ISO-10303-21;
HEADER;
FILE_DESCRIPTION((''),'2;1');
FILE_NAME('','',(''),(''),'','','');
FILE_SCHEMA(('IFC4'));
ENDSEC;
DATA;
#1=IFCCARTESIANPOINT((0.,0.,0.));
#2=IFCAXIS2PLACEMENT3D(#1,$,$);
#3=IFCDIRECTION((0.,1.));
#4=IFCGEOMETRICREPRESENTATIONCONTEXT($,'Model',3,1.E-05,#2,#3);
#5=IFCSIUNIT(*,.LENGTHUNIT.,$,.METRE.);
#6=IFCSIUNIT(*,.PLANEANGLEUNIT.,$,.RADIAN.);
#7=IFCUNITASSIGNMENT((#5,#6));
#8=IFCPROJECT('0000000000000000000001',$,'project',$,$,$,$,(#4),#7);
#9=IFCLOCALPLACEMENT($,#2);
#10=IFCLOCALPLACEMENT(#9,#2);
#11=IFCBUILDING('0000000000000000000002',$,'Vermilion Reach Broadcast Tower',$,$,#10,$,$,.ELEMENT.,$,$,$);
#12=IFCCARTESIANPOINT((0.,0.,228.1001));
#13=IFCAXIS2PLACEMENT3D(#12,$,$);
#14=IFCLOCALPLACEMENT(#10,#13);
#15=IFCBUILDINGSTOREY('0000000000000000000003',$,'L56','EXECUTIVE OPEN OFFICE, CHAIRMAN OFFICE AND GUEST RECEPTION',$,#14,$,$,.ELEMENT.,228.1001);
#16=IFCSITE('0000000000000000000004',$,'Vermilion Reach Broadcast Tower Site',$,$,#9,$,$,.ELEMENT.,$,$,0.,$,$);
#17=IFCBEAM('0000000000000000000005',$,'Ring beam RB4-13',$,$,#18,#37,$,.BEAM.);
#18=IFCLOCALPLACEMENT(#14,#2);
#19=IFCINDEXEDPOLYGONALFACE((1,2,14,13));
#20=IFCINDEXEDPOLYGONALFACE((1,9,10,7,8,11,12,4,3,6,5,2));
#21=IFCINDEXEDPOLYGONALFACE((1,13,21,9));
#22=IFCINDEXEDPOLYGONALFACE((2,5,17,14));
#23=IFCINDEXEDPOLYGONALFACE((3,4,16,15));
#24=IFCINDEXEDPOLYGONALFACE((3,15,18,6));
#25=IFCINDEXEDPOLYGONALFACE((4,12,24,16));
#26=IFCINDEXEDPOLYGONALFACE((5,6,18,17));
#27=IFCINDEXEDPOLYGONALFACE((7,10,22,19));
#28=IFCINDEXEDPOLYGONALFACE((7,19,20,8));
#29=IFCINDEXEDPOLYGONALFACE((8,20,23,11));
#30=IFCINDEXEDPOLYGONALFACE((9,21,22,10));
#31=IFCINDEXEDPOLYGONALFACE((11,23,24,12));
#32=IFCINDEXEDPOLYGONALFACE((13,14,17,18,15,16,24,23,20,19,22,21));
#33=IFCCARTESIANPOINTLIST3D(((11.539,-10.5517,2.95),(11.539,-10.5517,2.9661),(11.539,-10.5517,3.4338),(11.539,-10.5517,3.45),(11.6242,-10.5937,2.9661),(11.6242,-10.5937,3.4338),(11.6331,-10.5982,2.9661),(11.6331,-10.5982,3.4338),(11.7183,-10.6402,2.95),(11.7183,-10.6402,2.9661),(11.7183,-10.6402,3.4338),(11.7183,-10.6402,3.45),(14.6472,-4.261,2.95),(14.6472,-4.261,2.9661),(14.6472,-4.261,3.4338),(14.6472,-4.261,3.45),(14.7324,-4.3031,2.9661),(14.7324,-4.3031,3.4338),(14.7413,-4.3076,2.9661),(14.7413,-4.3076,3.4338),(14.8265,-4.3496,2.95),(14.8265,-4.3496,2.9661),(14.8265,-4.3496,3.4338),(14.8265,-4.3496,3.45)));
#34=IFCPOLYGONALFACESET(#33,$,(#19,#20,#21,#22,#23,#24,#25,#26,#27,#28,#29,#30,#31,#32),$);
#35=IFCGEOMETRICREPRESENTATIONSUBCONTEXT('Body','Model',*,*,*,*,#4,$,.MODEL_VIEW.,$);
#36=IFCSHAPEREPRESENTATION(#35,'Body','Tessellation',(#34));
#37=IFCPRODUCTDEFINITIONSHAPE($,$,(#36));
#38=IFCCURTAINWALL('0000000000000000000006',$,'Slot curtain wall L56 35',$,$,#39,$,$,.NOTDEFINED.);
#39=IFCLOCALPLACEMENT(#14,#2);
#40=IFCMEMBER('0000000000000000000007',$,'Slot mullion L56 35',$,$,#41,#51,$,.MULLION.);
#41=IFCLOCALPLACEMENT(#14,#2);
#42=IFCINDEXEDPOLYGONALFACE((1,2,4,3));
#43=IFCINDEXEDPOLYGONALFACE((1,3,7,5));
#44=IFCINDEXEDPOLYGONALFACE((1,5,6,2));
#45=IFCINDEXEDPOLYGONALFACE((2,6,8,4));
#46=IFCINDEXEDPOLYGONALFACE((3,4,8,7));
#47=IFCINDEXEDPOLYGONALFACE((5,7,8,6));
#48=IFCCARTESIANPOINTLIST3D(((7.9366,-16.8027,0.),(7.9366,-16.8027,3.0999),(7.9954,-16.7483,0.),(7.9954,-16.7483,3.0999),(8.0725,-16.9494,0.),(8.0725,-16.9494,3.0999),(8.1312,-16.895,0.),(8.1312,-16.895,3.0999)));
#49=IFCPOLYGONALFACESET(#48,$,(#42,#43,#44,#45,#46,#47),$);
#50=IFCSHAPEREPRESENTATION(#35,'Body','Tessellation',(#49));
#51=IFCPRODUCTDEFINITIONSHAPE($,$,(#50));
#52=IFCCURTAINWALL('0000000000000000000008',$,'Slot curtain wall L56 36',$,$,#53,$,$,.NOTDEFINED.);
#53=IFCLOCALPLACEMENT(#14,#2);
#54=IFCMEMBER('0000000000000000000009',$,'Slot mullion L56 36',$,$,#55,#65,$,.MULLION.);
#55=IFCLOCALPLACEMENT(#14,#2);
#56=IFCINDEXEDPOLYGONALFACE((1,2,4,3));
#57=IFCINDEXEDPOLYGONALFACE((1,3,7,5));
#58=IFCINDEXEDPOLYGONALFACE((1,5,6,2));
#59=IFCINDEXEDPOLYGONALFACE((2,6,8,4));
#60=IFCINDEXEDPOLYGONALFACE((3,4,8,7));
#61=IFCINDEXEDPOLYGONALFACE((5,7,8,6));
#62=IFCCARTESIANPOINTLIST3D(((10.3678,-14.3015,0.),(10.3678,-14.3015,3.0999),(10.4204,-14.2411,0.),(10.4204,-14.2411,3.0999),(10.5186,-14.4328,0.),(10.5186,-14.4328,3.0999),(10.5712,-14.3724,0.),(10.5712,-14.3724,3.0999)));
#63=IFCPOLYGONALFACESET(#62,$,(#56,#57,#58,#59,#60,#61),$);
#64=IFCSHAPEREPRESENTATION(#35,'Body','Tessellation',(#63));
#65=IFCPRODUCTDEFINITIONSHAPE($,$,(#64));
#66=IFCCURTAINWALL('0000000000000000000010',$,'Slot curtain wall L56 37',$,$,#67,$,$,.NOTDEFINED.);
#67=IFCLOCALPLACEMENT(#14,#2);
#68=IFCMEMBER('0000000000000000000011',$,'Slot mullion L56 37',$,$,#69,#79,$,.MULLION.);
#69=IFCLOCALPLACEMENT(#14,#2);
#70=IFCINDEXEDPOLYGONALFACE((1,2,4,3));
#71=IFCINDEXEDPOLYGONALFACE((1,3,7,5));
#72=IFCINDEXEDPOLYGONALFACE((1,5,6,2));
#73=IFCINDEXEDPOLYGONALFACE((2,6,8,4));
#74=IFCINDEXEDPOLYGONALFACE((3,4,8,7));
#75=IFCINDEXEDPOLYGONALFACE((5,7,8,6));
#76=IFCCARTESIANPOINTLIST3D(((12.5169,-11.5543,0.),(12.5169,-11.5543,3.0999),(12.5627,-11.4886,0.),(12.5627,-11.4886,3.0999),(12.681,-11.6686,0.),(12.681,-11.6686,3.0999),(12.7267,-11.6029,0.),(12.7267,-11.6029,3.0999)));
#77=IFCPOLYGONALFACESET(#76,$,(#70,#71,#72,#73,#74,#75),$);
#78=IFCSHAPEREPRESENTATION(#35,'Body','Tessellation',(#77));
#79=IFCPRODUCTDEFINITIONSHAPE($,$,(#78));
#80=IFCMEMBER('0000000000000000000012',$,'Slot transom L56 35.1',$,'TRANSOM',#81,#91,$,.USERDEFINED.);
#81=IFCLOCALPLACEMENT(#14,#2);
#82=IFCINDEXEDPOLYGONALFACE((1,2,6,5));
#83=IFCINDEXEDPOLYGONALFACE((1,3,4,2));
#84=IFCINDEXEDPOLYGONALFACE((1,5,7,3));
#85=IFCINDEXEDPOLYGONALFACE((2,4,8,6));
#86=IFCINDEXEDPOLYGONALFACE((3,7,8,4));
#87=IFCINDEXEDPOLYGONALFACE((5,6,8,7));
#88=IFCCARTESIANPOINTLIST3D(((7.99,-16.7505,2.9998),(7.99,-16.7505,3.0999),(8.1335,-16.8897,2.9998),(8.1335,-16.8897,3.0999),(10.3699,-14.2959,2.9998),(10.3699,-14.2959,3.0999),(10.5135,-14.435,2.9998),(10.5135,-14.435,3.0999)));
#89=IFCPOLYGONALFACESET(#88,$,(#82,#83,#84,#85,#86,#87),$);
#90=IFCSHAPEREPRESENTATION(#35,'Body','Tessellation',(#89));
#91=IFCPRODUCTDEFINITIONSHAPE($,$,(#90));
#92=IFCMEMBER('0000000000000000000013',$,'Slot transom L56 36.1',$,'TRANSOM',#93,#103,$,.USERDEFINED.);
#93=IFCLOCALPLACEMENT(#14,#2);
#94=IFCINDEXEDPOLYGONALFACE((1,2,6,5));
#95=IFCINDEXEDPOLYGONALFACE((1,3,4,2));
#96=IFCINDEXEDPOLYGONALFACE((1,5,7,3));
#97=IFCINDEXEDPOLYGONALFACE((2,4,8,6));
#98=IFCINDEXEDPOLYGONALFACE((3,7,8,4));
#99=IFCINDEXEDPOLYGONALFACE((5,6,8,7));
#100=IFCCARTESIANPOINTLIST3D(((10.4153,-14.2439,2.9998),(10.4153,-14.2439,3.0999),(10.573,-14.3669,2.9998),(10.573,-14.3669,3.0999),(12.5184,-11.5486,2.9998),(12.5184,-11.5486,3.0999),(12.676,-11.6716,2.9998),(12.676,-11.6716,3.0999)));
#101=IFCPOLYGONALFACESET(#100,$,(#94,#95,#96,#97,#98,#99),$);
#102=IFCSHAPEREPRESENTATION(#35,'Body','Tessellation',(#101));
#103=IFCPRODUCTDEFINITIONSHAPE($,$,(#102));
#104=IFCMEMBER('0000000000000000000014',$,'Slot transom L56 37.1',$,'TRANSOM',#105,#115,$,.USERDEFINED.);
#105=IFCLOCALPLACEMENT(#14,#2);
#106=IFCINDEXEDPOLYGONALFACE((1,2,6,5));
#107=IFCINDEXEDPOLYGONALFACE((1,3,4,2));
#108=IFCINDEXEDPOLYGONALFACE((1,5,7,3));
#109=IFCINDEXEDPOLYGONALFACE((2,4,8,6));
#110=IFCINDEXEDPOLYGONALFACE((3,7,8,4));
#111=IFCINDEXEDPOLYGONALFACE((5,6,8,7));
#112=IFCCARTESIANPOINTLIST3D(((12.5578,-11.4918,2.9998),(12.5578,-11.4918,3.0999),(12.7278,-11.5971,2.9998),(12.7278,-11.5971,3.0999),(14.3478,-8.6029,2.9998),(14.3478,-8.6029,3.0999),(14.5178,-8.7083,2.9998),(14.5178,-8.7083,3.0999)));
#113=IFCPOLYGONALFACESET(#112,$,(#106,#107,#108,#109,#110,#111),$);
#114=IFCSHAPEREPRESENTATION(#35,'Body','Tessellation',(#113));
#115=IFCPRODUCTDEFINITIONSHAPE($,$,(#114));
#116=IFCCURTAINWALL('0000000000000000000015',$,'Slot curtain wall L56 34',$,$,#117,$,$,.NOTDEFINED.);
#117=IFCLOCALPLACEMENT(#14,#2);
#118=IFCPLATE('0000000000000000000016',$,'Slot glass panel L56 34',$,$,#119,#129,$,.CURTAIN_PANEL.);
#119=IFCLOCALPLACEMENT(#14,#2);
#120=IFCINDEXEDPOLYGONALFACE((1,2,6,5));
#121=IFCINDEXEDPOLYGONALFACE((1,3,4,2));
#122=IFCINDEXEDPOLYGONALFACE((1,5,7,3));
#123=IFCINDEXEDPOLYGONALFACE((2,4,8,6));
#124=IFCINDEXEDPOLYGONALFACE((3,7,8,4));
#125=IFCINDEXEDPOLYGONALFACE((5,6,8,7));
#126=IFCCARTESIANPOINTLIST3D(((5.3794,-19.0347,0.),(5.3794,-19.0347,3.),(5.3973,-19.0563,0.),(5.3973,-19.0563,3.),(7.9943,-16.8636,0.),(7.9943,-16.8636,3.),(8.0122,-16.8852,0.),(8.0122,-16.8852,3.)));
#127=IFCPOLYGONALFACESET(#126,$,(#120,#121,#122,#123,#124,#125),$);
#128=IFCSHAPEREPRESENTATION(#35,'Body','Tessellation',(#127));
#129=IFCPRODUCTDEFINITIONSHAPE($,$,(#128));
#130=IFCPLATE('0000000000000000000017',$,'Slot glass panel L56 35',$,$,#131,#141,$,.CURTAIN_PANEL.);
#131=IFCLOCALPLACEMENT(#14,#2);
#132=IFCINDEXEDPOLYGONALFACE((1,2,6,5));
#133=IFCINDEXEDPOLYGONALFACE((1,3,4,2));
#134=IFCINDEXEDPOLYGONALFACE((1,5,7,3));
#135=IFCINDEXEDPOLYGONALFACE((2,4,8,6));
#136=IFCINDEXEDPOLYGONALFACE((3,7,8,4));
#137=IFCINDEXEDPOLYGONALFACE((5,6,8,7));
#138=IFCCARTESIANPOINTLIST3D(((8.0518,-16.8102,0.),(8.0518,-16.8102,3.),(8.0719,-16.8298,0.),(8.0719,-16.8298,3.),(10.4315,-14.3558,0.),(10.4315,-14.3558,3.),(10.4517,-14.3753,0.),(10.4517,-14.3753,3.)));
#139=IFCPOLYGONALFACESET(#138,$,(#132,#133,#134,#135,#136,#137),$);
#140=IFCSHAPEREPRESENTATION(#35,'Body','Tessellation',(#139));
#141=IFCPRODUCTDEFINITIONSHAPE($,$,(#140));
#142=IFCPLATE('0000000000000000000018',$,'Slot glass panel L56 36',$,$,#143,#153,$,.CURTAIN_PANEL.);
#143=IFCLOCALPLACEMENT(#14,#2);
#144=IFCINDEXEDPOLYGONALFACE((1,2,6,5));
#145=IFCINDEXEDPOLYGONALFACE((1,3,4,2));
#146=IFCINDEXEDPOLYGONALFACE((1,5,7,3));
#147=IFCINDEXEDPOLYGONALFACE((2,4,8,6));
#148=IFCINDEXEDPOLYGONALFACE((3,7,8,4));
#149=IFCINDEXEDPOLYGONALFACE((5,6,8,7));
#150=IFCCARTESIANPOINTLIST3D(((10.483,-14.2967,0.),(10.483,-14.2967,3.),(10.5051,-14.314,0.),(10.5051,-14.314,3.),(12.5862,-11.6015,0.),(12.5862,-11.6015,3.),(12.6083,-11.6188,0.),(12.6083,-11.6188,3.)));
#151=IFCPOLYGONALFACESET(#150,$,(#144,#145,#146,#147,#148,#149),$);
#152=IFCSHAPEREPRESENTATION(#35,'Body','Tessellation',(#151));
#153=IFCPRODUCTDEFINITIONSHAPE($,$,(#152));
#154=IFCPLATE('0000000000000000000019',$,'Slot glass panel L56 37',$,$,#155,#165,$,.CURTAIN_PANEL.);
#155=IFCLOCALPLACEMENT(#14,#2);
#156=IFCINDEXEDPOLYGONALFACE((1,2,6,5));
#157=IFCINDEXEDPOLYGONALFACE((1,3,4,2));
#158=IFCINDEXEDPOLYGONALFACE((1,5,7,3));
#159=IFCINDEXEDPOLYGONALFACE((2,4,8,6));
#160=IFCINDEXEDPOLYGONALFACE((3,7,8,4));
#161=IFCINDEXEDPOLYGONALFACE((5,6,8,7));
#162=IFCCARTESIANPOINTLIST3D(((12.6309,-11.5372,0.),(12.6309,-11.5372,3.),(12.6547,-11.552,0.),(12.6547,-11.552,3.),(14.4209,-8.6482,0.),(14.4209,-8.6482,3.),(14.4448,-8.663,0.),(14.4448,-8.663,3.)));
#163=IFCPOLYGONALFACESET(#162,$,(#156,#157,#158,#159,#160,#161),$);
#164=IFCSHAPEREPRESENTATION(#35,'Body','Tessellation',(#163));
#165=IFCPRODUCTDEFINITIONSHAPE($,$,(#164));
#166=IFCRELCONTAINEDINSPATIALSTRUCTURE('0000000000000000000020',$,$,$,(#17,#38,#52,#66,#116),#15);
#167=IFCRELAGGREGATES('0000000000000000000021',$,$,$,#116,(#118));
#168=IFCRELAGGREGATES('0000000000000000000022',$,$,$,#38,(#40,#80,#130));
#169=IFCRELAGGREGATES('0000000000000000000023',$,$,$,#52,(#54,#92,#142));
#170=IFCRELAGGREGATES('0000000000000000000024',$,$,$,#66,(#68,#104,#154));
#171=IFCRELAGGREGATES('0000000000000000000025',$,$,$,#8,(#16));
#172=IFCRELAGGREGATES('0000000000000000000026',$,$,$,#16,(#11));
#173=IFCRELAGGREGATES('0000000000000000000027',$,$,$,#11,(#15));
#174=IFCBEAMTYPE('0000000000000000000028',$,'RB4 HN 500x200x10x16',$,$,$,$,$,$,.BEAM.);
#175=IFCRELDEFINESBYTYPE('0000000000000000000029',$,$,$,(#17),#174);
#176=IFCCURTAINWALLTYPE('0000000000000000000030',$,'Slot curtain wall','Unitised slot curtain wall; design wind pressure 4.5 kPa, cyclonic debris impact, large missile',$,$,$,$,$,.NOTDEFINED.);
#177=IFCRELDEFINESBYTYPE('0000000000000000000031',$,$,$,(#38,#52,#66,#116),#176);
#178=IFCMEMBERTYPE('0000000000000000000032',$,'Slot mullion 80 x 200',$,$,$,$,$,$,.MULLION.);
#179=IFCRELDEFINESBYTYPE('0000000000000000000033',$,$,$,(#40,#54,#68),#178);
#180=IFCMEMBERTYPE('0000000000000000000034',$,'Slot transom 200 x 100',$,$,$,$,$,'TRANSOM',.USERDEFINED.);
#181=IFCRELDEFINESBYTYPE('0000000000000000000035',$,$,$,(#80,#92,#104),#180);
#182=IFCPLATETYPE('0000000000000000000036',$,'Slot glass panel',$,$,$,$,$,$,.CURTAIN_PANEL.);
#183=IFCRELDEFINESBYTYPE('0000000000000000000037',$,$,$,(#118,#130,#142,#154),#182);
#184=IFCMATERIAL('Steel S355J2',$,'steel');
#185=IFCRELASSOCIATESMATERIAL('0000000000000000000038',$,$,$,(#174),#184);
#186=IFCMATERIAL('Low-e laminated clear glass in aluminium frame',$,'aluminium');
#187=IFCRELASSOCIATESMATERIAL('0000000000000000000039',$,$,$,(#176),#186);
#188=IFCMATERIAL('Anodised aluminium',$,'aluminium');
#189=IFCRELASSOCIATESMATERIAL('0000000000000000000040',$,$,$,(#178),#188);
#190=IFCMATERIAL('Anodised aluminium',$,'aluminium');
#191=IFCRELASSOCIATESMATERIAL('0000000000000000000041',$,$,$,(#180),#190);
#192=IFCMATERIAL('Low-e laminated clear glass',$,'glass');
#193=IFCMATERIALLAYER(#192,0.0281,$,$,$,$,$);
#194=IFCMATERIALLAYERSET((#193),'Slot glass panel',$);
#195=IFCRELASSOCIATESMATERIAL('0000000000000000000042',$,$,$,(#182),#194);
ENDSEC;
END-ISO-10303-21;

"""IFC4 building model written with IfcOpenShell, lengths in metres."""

from ifc_helpers import new_model, si_unit, direction, frame, origin, origin_2d, place, context, subcontext, project, spatial, rectangle, i_section, extrude, material, layer, layer_set, material_profile, profile_set, type_object, element, aggregate, save


model = new_model("IFC4")

# Units and contexts
model_context = context("Model", 3, precision=1e-05, world=origin(), true_north=direction((0.0, 1.0)))
body_context = subcontext(model_context, "Body", "Model", "MODEL_VIEW")
ifc_project = project(units=[si_unit("LENGTHUNIT", "METRE"), si_unit("PLANEANGLEUNIT", "RADIAN")], contexts=[model_context])

# Site, building, storey
site_placement = place(None, origin())
site = spatial("IfcSite", under=ifc_project, at=site_placement, Name="Vermilion Reach Broadcast Tower Site", CompositionType="ELEMENT", RefElevation=0.0)
building_placement = place(site_placement, origin())
building = spatial("IfcBuilding", under=site, at=building_placement, Name="Vermilion Reach Broadcast Tower", CompositionType="ELEMENT")
storey_placement = place(building_placement, frame((0.0, 0.0, 228.1001)))
storey = spatial("IfcBuildingStorey", under=building, at=storey_placement, Name="L56", Description="EXECUTIVE OPEN OFFICE, CHAIRMAN OFFICE AND GUEST RECEPTION", CompositionType="ELEMENT", Elevation=228.1001)

# Beam
ifc_material_1 = material(Name="Steel S355J2", Category="steel")
ifc_material_profile_1 = material_profile(ifc_material_1, i_section(OverallWidth=0.2, OverallDepth=0.5, WebThickness=0.01, FlangeThickness=0.0161, at=origin_2d()), Name="S355J2 HN 500x200x10x16")
ifc_profile_set_1 = profile_set([ifc_material_profile_1], Name="Steel S355J2")
beam_type_1 = type_object("IfcBeamType", Name="RB4 HN 500x200x10x16", PredefinedType="BEAM", material=ifc_profile_set_1)
beam_1_placement = place(storey_placement, frame((11.6287, -10.5959, 3.2), z_axis=(0.442977, 0.896533, 0.0), x_axis=(-0.896533, 0.442977, 0.0)))
element("IfcBeam", 1, at=beam_1_placement, inside=storey, type_object=beam_type_1, Name="Ring beam RB4-13", PredefinedType="BEAM", context=body_context, shape_type="SweptSolid", body=[
    extrude(i_section(OverallWidth=0.2, OverallDepth=0.5, WebThickness=0.01, FlangeThickness=0.0161, at=origin_2d()), origin(), (0.0, 0.0, 1.0), 7.0166),
])

# Curtain walls, members
ifc_material_2 = material(Name="Low-e laminated clear glass in aluminium frame", Category="aluminium")
curtain_wall_type = type_object("IfcCurtainWallType", Name="Slot curtain wall", Description="Unitised slot curtain wall; design wind pressure 4.5 kPa, cyclonic debris impact, large missile", PredefinedType="NOTDEFINED", material=ifc_material_2)
placement = place(storey_placement, origin())
curtain_wall_1 = element("IfcCurtainWall", 2, at=placement, inside=storey, type_object=curtain_wall_type, Name="Slot curtain wall L56 35", PredefinedType="NOTDEFINED")
ifc_material_3 = material(Name="Anodised aluminium", Category="aluminium")
ifc_material_profile_2 = material_profile(ifc_material_3, rectangle(XDim=0.2, YDim=0.0801, at=origin_2d()), Name="Slot mullion 80 x 200")
ifc_profile_set_2 = profile_set([ifc_material_profile_2], Name="Anodised aluminium")
member_type_1 = type_object("IfcMemberType", Name="Slot mullion 80 x 200", PredefinedType="MULLION", material=ifc_profile_set_2)
member_1_placement = place(storey_placement, frame((8.0339, -16.8489, 0.0), z_axis=(0.0, 0.0, 1.0), x_axis=(-0.679365, 0.7338, 0.0)))
member_1 = element("IfcMember", 3, at=member_1_placement, type_object=member_type_1, Name="Slot mullion L56 35", PredefinedType="MULLION", context=body_context, shape_type="SweptSolid", body=[
    extrude(rectangle(XDim=0.2, YDim=0.0801, at=origin_2d()), origin(), (0.0, 0.0, 1.0), 3.0999),
])
curtain_wall_2 = element("IfcCurtainWall", 4, at=placement, inside=storey, type_object=curtain_wall_type, Name="Slot curtain wall L56 36", PredefinedType="NOTDEFINED")
member_2_placement = place(storey_placement, frame((10.4695, -14.3369, 0.0), z_axis=(0.0, 0.0, 1.0), x_axis=(-0.754251, 0.656586, 0.0)))
member_2 = element("IfcMember", 5, at=member_2_placement, type_object=member_type_1, Name="Slot mullion L56 36", PredefinedType="MULLION", context=body_context, shape_type="SweptSolid", body=[
    extrude(rectangle(XDim=0.2, YDim=0.0801, at=origin_2d()), origin(), (0.0, 0.0, 1.0), 3.0999),
])
curtain_wall_3 = element("IfcCurtainWall", 6, at=placement, inside=storey, type_object=curtain_wall_type, Name="Slot curtain wall L56 37", PredefinedType="NOTDEFINED")
member_3_placement = place(storey_placement, frame((12.6218, -11.5786, 0.0), z_axis=(0.0, 0.0, 1.0), x_axis=(-0.820411, 0.571775, 0.0)))
member_3 = element("IfcMember", 7, at=member_3_placement, type_object=member_type_1, Name="Slot mullion L56 37", PredefinedType="MULLION", context=body_context, shape_type="SweptSolid", body=[
    extrude(rectangle(XDim=0.2, YDim=0.0801, at=origin_2d()), origin(), (0.0, 0.0, 1.0), 3.0999),
])

# Members
ifc_material_4 = material(Name="Anodised aluminium", Category="aluminium")
ifc_material_profile_3 = material_profile(ifc_material_4, rectangle(XDim=0.2, YDim=0.1001, at=origin_2d()), Name="Slot transom 200 x 100")
ifc_profile_set_3 = profile_set([ifc_material_profile_3], Name="Anodised aluminium")
member_type_2 = type_object("IfcMemberType", Name="Slot transom 200 x 100", ElementType="TRANSOM", PredefinedType="USERDEFINED", material=ifc_profile_set_3)
member_4_placement = place(storey_placement, frame((8.0618, -16.8201, 3.0498), z_axis=(0.696097, 0.717948, 0.0), x_axis=(-0.717948, 0.696097, 0.0)))
member_4 = element("IfcMember", 8, at=member_4_placement, type_object=member_type_2, Name="Slot transom L56 35.1", ObjectType="TRANSOM", PredefinedType="USERDEFINED", context=body_context, shape_type="SweptSolid", body=[
    extrude(rectangle(XDim=0.2, YDim=0.1001, at=origin_2d()), origin(), (0.0, 0.0, 1.0), 3.4189),
])
member_5_placement = place(storey_placement, frame((10.4941, -14.3054, 3.0498), z_axis=(0.615156, 0.788405, 0.0), x_axis=(-0.788405, 0.615156, 0.0)))
member_5 = element("IfcMember", 9, at=member_5_placement, type_object=member_type_2, Name="Slot transom L56 36.1", ObjectType="TRANSOM", PredefinedType="USERDEFINED", context=body_context, shape_type="SweptSolid", body=[
    extrude(rectangle(XDim=0.2, YDim=0.1001, at=origin_2d()), origin(), (0.0, 0.0, 1.0), 3.4187),
])
member_6_placement = place(storey_placement, frame((12.6428, -11.5444, 3.0498), z_axis=(0.526708, 0.850046, 0.0), x_axis=(-0.850046, 0.526708, 0.0)))
member_6 = element("IfcMember", 10, at=member_6_placement, type_object=member_type_2, Name="Slot transom L56 37.1", ObjectType="TRANSOM", PredefinedType="USERDEFINED", context=body_context, shape_type="SweptSolid", body=[
    extrude(rectangle(XDim=0.2, YDim=0.1001, at=origin_2d()), origin(), (0.0, 0.0, 1.0), 3.3984),
])

# Curtain wall, plate
curtain_wall_4 = element("IfcCurtainWall", 11, at=placement, inside=storey, type_object=curtain_wall_type, Name="Slot curtain wall L56 34", PredefinedType="NOTDEFINED")
ifc_material_5 = material(Name="Low-e laminated clear glass", Category="glass")
ifc_layer_1 = layer(ifc_material_5, 0.0281)
ifc_layer_set_1 = layer_set([ifc_layer_1], Name="Slot glass panel")
plate_type = type_object("IfcPlateType", Name="Slot glass panel", PredefinedType="CURTAIN_PANEL", material=ifc_layer_set_1)
plate_1_placement = place(storey_placement, frame((6.6958, -17.96, 0.0), z_axis=(0.0, 0.0, 1.0), x_axis=(0.769372, 0.638801, 0.0)))
plate_1 = element("IfcPlate", 12, at=plate_1_placement, type_object=plate_type, Name="Slot glass panel L56 34", PredefinedType="CURTAIN_PANEL", context=body_context, shape_type="SweptSolid", body=[
    extrude(rectangle(XDim=3.3987, YDim=0.0281, at=origin_2d()), origin(), (0.0, 0.0, 1.0), 3.0),
])
aggregate(curtain_wall_4, [plate_1])

# Plates
plate_2_placement = place(storey_placement, frame((9.2517, -15.5928, 0.0), z_axis=(0.0, 0.0, 1.0), x_axis=(0.696092, 0.717952, 0.0)))
plate_2 = element("IfcPlate", 13, at=plate_2_placement, type_object=plate_type, Name="Slot glass panel L56 35", PredefinedType="CURTAIN_PANEL", context=body_context, shape_type="SweptSolid", body=[
    extrude(rectangle(XDim=3.4187, YDim=0.0281, at=origin_2d()), origin(), (0.0, 0.0, 1.0), 3.0),
])
aggregate(curtain_wall_1, [member_1, member_4, plate_2])
plate_3_placement = place(storey_placement, frame((11.5457, -12.9578, 0.0), z_axis=(0.0, 0.0, 1.0), x_axis=(0.615189, 0.788379, 0.0)))
plate_3 = element("IfcPlate", 14, at=plate_3_placement, type_object=plate_type, Name="Slot glass panel L56 36", PredefinedType="CURTAIN_PANEL", context=body_context, shape_type="SweptSolid", body=[
    extrude(rectangle(XDim=3.4187, YDim=0.0281, at=origin_2d()), origin(), (0.0, 0.0, 1.0), 3.0),
])
aggregate(curtain_wall_2, [member_2, member_5, plate_3])
plate_4_placement = place(storey_placement, frame((13.5378, -10.1001, 0.0), z_axis=(0.0, 0.0, 1.0), x_axis=(0.526696, 0.850054, 0.0)))
plate_4 = element("IfcPlate", 15, at=plate_4_placement, type_object=plate_type, Name="Slot glass panel L56 37", PredefinedType="CURTAIN_PANEL", context=body_context, shape_type="SweptSolid", body=[
    extrude(rectangle(XDim=3.3987, YDim=0.0281, at=origin_2d()), origin(), (0.0, 0.0, 1.0), 3.0),
])
aggregate(curtain_wall_3, [member_3, member_6, plate_4])

save(model, "model.ifc")
